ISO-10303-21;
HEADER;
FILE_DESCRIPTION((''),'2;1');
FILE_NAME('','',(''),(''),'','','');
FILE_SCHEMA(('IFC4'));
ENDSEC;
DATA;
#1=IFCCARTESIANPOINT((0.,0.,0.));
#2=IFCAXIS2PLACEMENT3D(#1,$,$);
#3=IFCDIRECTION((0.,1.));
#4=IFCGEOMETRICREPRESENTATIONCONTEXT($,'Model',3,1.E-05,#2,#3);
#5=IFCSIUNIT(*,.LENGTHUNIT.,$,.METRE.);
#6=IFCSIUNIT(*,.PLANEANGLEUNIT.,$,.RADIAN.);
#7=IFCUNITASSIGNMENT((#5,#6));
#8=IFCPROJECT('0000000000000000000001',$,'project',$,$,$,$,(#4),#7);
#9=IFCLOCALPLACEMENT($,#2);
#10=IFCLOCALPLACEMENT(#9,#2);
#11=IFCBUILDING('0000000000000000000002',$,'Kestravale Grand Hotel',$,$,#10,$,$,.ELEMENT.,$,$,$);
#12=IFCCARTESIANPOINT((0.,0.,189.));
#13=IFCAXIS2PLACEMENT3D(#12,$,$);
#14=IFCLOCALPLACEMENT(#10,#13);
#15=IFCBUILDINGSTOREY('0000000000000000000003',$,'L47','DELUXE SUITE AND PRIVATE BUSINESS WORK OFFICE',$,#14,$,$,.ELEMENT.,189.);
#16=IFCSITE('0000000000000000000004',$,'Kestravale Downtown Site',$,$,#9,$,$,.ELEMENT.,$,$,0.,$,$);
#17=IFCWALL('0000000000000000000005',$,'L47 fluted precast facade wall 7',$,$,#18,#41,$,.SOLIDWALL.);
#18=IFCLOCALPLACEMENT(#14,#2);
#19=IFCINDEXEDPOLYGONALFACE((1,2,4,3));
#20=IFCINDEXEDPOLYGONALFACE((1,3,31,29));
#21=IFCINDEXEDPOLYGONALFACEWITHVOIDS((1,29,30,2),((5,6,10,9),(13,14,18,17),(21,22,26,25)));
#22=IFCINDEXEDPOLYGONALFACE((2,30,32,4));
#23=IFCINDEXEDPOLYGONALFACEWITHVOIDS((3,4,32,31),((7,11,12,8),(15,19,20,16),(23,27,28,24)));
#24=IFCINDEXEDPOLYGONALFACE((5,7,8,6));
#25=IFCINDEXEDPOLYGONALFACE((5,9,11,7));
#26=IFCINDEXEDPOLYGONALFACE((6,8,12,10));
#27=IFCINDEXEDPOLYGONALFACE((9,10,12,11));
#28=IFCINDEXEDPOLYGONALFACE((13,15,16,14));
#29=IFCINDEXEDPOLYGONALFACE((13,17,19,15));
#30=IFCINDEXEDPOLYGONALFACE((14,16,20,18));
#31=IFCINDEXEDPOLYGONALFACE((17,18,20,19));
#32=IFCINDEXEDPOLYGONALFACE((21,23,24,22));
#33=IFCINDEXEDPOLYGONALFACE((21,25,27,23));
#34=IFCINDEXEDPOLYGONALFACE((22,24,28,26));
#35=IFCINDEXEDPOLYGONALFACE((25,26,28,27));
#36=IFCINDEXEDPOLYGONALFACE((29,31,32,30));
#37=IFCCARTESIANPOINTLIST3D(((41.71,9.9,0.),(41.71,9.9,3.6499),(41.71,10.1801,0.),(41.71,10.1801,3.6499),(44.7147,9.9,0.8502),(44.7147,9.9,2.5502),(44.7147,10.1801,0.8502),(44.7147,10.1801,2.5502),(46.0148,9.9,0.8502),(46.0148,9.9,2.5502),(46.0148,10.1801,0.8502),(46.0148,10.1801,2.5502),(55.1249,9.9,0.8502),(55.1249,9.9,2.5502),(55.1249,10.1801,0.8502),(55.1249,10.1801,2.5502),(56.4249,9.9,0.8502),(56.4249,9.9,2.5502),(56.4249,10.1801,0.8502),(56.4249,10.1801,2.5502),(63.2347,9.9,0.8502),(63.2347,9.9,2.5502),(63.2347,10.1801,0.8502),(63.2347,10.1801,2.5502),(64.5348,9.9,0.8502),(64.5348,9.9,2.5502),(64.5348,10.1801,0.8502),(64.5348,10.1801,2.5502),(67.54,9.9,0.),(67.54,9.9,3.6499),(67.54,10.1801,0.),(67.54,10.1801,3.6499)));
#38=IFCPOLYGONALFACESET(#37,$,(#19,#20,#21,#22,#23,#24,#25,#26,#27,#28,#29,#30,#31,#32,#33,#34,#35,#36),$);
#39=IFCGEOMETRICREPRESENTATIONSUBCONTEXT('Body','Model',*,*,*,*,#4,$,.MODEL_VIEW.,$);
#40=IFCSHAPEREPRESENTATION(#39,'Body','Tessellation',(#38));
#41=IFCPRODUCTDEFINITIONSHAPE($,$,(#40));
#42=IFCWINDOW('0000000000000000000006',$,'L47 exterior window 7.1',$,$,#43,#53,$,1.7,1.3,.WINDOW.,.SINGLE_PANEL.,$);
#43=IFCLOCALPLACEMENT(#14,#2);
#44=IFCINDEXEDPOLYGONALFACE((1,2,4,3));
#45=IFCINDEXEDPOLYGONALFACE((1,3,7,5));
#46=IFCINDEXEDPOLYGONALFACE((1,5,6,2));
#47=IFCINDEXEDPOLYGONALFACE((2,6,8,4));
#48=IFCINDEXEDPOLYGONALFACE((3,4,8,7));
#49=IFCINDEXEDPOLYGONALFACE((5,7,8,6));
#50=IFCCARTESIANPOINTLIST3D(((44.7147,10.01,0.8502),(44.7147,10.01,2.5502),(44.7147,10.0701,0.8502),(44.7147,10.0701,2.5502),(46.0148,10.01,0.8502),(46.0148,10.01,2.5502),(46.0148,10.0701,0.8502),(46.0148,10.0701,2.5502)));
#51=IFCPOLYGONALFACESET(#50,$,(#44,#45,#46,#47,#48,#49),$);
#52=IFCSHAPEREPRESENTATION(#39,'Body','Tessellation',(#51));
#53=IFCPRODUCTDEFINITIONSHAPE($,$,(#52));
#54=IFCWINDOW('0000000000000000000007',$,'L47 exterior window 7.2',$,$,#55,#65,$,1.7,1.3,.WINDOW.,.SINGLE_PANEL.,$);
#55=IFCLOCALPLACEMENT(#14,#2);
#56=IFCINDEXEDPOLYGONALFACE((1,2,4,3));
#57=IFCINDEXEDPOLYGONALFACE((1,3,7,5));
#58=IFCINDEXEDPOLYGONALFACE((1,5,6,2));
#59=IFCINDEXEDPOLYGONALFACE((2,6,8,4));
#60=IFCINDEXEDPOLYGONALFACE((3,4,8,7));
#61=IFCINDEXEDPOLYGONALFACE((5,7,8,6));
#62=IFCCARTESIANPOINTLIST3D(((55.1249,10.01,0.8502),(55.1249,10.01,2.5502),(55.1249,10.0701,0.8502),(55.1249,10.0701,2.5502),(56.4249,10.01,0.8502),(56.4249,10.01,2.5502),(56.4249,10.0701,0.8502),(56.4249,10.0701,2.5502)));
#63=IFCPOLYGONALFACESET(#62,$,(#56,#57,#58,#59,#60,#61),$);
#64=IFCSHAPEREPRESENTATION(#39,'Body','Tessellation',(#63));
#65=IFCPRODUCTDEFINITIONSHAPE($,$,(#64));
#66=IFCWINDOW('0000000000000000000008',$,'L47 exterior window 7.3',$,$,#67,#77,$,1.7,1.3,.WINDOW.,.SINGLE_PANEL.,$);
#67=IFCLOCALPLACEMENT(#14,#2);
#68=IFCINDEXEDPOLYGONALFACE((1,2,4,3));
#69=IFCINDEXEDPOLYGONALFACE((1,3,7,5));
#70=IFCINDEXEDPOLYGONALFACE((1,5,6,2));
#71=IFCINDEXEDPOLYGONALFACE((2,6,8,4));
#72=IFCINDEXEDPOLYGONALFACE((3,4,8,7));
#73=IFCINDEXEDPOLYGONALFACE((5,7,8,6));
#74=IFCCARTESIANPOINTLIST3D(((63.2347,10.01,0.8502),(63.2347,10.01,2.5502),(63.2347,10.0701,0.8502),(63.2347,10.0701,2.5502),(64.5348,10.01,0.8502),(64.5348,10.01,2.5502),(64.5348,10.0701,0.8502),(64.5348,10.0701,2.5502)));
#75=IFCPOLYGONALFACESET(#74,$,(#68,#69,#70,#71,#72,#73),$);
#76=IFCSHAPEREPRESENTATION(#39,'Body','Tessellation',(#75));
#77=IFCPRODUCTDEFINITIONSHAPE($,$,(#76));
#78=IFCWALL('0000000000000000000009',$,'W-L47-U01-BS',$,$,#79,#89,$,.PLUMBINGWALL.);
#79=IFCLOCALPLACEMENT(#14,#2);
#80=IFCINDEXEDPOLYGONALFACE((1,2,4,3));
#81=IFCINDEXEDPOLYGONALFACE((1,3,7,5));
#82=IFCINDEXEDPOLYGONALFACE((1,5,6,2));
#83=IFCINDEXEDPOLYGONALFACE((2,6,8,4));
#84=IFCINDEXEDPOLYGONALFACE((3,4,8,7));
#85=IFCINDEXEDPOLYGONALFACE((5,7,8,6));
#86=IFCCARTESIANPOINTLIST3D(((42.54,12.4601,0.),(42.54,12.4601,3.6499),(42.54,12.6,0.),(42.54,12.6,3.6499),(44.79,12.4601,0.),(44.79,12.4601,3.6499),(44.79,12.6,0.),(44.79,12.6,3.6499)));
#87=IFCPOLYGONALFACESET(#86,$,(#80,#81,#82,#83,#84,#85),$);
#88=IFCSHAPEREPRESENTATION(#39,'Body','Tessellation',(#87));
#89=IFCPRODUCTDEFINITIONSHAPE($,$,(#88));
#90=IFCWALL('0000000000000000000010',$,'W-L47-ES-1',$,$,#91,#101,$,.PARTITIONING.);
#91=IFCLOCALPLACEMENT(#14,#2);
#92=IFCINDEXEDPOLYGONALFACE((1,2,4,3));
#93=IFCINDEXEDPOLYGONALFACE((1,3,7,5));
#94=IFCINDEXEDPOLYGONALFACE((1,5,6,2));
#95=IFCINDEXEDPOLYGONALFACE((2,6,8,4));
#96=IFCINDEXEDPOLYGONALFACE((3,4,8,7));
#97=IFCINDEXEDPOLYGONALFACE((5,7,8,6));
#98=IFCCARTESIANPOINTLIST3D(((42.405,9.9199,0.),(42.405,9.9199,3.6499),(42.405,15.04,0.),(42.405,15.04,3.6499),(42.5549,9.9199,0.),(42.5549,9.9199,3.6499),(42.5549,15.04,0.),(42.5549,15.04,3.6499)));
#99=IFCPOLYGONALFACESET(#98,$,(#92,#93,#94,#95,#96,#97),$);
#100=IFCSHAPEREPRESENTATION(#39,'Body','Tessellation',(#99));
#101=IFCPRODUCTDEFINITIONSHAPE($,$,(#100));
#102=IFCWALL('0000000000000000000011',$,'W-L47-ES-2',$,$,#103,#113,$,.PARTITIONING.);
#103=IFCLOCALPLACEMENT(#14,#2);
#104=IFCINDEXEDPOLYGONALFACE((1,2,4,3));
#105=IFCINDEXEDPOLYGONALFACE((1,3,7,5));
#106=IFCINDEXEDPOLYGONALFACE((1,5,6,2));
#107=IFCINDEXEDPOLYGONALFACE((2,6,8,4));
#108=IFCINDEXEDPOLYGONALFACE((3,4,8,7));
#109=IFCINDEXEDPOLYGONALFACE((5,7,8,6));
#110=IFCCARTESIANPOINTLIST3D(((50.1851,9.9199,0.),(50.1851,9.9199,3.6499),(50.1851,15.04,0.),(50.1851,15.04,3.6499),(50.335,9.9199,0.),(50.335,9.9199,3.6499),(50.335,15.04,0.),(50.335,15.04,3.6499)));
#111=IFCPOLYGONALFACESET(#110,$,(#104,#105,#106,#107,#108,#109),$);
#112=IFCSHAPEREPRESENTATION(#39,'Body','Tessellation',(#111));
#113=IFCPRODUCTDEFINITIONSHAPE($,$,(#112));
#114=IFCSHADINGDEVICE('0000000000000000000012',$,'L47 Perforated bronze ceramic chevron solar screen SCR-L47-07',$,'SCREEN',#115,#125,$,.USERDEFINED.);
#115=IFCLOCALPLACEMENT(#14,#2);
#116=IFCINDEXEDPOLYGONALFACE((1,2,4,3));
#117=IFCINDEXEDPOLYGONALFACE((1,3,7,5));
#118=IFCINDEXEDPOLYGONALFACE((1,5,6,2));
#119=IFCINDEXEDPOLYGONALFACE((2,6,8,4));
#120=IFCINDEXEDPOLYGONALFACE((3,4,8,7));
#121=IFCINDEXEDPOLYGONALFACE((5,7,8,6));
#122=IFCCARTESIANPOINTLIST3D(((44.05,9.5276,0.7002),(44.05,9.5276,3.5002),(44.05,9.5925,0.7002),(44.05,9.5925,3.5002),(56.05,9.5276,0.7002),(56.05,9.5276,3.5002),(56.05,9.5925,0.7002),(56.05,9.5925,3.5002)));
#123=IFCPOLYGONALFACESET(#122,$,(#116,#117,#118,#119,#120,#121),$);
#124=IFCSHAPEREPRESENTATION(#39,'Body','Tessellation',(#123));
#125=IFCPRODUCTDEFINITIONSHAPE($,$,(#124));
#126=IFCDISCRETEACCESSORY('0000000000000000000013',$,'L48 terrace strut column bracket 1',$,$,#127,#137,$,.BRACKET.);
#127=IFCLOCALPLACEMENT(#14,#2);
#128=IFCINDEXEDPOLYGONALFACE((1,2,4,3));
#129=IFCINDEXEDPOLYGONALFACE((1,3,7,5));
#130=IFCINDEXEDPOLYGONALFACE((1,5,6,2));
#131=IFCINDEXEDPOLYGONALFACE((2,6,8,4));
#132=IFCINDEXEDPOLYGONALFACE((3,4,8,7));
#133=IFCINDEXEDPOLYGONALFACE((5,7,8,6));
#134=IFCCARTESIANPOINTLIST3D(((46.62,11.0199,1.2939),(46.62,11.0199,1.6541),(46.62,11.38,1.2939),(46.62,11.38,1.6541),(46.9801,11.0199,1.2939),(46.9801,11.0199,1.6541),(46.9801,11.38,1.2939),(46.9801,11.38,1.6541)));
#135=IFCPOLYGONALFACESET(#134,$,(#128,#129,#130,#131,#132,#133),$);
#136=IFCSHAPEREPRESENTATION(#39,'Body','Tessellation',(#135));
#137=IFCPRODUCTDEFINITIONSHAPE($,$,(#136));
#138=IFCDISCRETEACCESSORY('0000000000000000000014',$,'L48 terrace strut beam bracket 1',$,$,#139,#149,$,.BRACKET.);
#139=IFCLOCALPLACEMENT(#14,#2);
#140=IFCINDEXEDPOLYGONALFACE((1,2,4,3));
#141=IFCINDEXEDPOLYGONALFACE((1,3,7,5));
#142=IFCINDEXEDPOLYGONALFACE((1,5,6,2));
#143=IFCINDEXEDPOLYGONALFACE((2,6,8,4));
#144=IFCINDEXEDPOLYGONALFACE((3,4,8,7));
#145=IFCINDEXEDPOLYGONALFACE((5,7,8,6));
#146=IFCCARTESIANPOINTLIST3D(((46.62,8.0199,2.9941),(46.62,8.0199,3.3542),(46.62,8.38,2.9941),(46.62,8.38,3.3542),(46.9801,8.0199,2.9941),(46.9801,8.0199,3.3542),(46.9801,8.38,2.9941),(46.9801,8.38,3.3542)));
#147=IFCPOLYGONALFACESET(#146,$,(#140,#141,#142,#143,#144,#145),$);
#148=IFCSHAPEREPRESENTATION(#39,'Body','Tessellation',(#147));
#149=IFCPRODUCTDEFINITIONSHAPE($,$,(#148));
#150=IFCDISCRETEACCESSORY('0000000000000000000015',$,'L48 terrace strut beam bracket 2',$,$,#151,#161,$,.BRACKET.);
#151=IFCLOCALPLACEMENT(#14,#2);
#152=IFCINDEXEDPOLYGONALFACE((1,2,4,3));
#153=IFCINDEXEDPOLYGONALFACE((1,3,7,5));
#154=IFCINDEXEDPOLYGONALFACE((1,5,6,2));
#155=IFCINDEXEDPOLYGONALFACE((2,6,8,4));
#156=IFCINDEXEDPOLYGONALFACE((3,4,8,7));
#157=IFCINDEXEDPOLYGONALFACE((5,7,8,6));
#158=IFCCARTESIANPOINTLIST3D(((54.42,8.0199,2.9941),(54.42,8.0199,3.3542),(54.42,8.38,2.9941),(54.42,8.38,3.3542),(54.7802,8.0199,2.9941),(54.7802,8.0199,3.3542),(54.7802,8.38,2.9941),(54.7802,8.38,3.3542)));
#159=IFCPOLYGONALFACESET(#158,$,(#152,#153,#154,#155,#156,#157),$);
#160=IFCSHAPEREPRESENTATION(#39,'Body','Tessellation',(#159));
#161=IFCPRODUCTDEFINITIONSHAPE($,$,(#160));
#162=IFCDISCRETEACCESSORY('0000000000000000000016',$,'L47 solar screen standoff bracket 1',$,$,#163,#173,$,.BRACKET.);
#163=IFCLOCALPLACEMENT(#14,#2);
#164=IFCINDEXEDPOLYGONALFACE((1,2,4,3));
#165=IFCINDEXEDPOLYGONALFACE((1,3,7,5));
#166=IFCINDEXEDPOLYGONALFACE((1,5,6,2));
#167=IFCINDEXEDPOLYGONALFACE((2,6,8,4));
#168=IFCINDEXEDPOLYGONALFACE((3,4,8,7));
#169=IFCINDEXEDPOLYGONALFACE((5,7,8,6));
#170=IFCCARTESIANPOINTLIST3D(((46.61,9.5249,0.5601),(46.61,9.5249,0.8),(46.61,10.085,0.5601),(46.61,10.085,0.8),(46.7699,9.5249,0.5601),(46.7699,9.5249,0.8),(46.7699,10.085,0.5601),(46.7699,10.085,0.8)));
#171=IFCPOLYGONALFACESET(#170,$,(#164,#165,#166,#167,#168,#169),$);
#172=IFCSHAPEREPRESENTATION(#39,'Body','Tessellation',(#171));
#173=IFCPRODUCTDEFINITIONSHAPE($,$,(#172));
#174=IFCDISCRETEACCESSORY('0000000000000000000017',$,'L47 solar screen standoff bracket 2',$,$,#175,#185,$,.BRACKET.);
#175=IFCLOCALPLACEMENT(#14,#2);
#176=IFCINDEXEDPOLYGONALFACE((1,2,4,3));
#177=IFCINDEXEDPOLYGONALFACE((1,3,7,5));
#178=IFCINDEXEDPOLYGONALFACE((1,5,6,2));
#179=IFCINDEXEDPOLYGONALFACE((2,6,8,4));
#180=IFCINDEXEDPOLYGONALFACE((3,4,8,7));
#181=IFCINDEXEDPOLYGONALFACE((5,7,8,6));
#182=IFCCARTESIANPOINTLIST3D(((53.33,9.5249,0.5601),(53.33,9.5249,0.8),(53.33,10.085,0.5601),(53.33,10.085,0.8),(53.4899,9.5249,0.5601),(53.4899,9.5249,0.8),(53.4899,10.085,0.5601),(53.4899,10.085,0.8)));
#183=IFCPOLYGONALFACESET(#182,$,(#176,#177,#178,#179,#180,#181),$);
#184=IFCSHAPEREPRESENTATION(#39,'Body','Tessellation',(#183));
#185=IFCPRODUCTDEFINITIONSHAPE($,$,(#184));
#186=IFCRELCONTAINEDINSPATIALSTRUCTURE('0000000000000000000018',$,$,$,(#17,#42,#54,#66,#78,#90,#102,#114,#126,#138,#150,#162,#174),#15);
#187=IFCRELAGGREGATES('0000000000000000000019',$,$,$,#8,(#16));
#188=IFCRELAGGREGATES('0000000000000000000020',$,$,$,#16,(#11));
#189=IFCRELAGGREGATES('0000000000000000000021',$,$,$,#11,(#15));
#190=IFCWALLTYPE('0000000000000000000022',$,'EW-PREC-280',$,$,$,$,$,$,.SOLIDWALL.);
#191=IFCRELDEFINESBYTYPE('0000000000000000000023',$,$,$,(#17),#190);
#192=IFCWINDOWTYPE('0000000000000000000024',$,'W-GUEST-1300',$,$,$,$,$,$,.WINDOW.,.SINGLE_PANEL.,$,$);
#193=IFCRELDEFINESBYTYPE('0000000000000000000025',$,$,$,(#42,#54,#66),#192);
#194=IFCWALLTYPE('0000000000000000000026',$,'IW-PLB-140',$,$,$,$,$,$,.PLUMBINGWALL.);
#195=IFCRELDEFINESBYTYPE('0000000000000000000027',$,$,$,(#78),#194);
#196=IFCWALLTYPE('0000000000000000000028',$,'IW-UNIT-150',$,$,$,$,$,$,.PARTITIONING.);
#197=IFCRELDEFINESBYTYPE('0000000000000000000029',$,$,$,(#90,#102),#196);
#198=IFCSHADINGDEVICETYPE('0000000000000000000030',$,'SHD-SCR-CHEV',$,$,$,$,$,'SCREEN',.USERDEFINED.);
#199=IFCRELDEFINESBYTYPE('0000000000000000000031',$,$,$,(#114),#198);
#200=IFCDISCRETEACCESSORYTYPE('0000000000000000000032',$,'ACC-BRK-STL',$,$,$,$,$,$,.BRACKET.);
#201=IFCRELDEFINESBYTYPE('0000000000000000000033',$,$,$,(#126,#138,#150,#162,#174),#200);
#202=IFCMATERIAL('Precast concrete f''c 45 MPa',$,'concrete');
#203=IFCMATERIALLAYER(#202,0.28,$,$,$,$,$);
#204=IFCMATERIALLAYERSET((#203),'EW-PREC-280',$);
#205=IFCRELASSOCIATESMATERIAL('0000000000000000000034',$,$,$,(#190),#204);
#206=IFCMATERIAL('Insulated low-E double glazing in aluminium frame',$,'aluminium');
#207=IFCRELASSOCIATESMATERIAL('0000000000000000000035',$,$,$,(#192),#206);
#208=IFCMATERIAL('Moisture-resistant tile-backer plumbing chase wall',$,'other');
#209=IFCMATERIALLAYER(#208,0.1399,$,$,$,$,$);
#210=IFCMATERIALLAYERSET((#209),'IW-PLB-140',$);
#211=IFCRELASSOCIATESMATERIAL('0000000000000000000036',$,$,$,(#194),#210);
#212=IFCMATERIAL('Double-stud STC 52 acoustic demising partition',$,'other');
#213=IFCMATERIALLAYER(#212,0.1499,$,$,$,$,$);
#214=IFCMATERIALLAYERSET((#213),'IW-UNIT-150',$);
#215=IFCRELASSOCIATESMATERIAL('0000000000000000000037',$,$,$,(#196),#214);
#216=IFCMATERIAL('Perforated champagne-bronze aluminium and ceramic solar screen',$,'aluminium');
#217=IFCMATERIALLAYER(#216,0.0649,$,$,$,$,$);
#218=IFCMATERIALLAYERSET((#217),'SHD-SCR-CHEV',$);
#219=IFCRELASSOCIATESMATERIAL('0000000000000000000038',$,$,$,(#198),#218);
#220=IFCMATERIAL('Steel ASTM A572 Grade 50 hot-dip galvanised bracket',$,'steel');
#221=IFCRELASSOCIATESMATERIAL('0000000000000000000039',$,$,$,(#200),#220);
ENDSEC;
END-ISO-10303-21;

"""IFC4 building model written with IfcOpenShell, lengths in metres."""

from ifc_helpers import new_model, si_unit, direction, frame, frame_2d, origin, origin_2d, place, context, subcontext, project, spatial, rectangle, extrude, material, layer, layer_set, type_object, element, fill, save


model = new_model("IFC4")

# Units and contexts
model_context = context("Model", 3, precision=1e-05, world=origin(), true_north=direction((0.0, 1.0)))
body_context = subcontext(model_context, "Body", "Model", "MODEL_VIEW")
ifc_project = project(units=[si_unit("LENGTHUNIT", "METRE"), si_unit("PLANEANGLEUNIT", "RADIAN")], contexts=[model_context])

# Site, building, storey
site_placement = place(None, origin())
site = spatial("IfcSite", under=ifc_project, at=site_placement, Name="Kestravale Downtown Site", CompositionType="ELEMENT", RefElevation=0.0)
building_placement = place(site_placement, origin())
building = spatial("IfcBuilding", under=site, at=building_placement, Name="Kestravale Grand Hotel", CompositionType="ELEMENT")
storey_placement = place(building_placement, frame((0.0, 0.0, 189.0)))
storey = spatial("IfcBuildingStorey", under=building, at=storey_placement, Name="L47", Description="DELUXE SUITE AND PRIVATE BUSINESS WORK OFFICE", CompositionType="ELEMENT", Elevation=189.0)

# Shared definitions
ifc_material_1 = material(Name="Precast concrete f'c 45 MPa", Category="concrete")
ifc_layer_1 = layer(ifc_material_1, 0.28)
ifc_layer_set_1 = layer_set([ifc_layer_1], Name="EW-PREC-280")
wall_type_1 = type_object("IfcWallType", Name="EW-PREC-280", PredefinedType="SOLIDWALL", material=ifc_layer_set_1)

# Wall, openings, windows
wall_1_placement = place(storey_placement, frame((41.71, 10.04, 0.0), z_axis=(0.0, 0.0, 1.0), x_axis=(1.0, 0.0, 0.0)))
wall_1 = element("IfcWall", 1, at=wall_1_placement, inside=storey, type_object=wall_type_1, Name="L47 fluted precast facade wall 7", PredefinedType="SOLIDWALL", context=body_context, shape_type="SweptSolid", body=[
    extrude(rectangle(XDim=25.8301, YDim=0.28, at=frame_2d((12.915, 0.0))), origin(), (0.0, 0.0, 1.0), 3.6499),
])
opening_1_placement = place(wall_1_placement, frame((3.0049, 0.0, 0.8501)))
opening_1 = element("IfcOpeningElement", 2, at=opening_1_placement, cuts=wall_1, PredefinedType="OPENING", context=body_context, shape_type="SweptSolid", body=[
    extrude(rectangle(XDim=1.3, YDim=1.7, at=frame_2d((0.6499, 0.8501))), frame((0.0, 0.1499, 0.0), z_axis=(0.0, -1.0, 0.0), x_axis=(1.0, 0.0, 0.0)), (0.0, 0.0, 1.0), 0.3),
])
opening_2_placement = place(wall_1_placement, frame((13.415, 0.0, 0.8501)))
opening_2 = element("IfcOpeningElement", 3, at=opening_2_placement, cuts=wall_1, PredefinedType="OPENING", context=body_context, shape_type="SweptSolid", body=[
    extrude(rectangle(XDim=1.3, YDim=1.7, at=frame_2d((0.6499, 0.8501))), frame((0.0, 0.1499, 0.0), z_axis=(0.0, -1.0, 0.0), x_axis=(1.0, 0.0, 0.0)), (0.0, 0.0, 1.0), 0.3),
])
opening_3_placement = place(wall_1_placement, frame((21.5249, 0.0, 0.8501)))
opening_3 = element("IfcOpeningElement", 4, at=opening_3_placement, cuts=wall_1, PredefinedType="OPENING", context=body_context, shape_type="SweptSolid", body=[
    extrude(rectangle(XDim=1.3, YDim=1.7, at=frame_2d((0.6499, 0.8501))), frame((0.0, 0.1499, 0.0), z_axis=(0.0, -1.0, 0.0), x_axis=(1.0, 0.0, 0.0)), (0.0, 0.0, 1.0), 0.3),
])
ifc_material_2 = material(Name="Insulated low-E double glazing in aluminium frame", Category="aluminium")
window_type = type_object("IfcWindowType", Name="W-GUEST-1300", PartitioningType="SINGLE_PANEL", PredefinedType="WINDOW", material=ifc_material_2)
window_1_placement = place(opening_1_placement, origin())
window_1 = element("IfcWindow", 5, at=window_1_placement, inside=storey, type_object=window_type, Name="L47 exterior window 7.1", OverallHeight=1.7, OverallWidth=1.3, PartitioningType="SINGLE_PANEL", PredefinedType="WINDOW", context=body_context, shape_type="SweptSolid", body=[
    extrude(rectangle(XDim=1.3, YDim=1.7, at=frame_2d((0.6499, 0.8501))), frame((0.0, 0.03, 0.0), z_axis=(0.0, -1.0, 0.0), x_axis=(1.0, 0.0, 0.0)), (0.0, 0.0, 1.0), 0.0601),
])
fill(opening_1, window_1)
window_2_placement = place(opening_2_placement, origin())
window_2 = element("IfcWindow", 6, at=window_2_placement, inside=storey, type_object=window_type, Name="L47 exterior window 7.2", OverallHeight=1.7, OverallWidth=1.3, PartitioningType="SINGLE_PANEL", PredefinedType="WINDOW", context=body_context, shape_type="SweptSolid", body=[
    extrude(rectangle(XDim=1.3, YDim=1.7, at=frame_2d((0.6499, 0.8501))), frame((0.0, 0.03, 0.0), z_axis=(0.0, -1.0, 0.0), x_axis=(1.0, 0.0, 0.0)), (0.0, 0.0, 1.0), 0.0601),
])
fill(opening_2, window_2)
window_3_placement = place(opening_3_placement, origin())
window_3 = element("IfcWindow", 7, at=window_3_placement, inside=storey, type_object=window_type, Name="L47 exterior window 7.3", OverallHeight=1.7, OverallWidth=1.3, PartitioningType="SINGLE_PANEL", PredefinedType="WINDOW", context=body_context, shape_type="SweptSolid", body=[
    extrude(rectangle(XDim=1.3, YDim=1.7, at=frame_2d((0.6499, 0.8501))), frame((0.0, 0.03, 0.0), z_axis=(0.0, -1.0, 0.0), x_axis=(1.0, 0.0, 0.0)), (0.0, 0.0, 1.0), 0.0601),
])
fill(opening_3, window_3)

# Walls
ifc_material_3 = material(Name="Moisture-resistant tile-backer plumbing chase wall", Category="other")
ifc_layer_2 = layer(ifc_material_3, 0.1399)
ifc_layer_set_2 = layer_set([ifc_layer_2], Name="IW-PLB-140")
wall_type_2 = type_object("IfcWallType", Name="IW-PLB-140", PredefinedType="PLUMBINGWALL", material=ifc_layer_set_2)
wall_2_placement = place(storey_placement, frame((42.54, 12.53, 0.0), z_axis=(0.0, 0.0, 1.0), x_axis=(1.0, 0.0, 0.0)))
element("IfcWall", 8, at=wall_2_placement, inside=storey, type_object=wall_type_2, Name="W-L47-U01-BS", PredefinedType="PLUMBINGWALL", context=body_context, shape_type="SweptSolid", body=[
    extrude(rectangle(XDim=2.25, YDim=0.1399, at=frame_2d((1.125, 0.0))), origin(), (0.0, 0.0, 1.0), 3.6499),
])
ifc_material_4 = material(Name="Double-stud STC 52 acoustic demising partition", Category="other")
ifc_layer_3 = layer(ifc_material_4, 0.1499)
ifc_layer_set_3 = layer_set([ifc_layer_3], Name="IW-UNIT-150")
wall_type_3 = type_object("IfcWallType", Name="IW-UNIT-150", PredefinedType="PARTITIONING", material=ifc_layer_set_3)
for number, where, z_axis, x_axis, name in (
    (9, (42.48, 9.9199, 0.0), (0.0, 0.0, 1.0), (0.0, 1.0, 0.0), "W-L47-ES-1"),
    (10, (50.26, 9.9199, 0.0), (0.0, 0.0, 1.0), (0.0, 1.0, 0.0), "W-L47-ES-2"),
):
    element("IfcWall", number, at=place(storey_placement, frame(where, z_axis=z_axis, x_axis=x_axis)), inside=storey, type_object=wall_type_3, Name=name, PredefinedType="PARTITIONING", context=body_context, shape_type="SweptSolid", body=[
        extrude(rectangle(XDim=5.1201, YDim=0.1499, at=frame_2d((2.5601, 0.0))), origin(), (0.0, 0.0, 1.0), 3.6499),
    ])

# Shading device
ifc_material_5 = material(Name="Perforated champagne-bronze aluminium and ceramic solar screen", Category="aluminium")
ifc_layer_4 = layer(ifc_material_5, 0.0649)
ifc_layer_set_4 = layer_set([ifc_layer_4], Name="SHD-SCR-CHEV")
shading_device_type = type_object("IfcShadingDeviceType", Name="SHD-SCR-CHEV", ElementType="SCREEN", PredefinedType="USERDEFINED", material=ifc_layer_set_4)
shading_device_placement = place(storey_placement, frame((50.05, 9.5601, 0.7002), z_axis=(0.0, 0.0, 1.0), x_axis=(1.0, 0.0, 0.0)))
element("IfcShadingDevice", 11, at=shading_device_placement, inside=storey, type_object=shading_device_type, Name="L47 Perforated bronze ceramic chevron solar screen SCR-L47-07", ObjectType="SCREEN", PredefinedType="USERDEFINED", context=body_context, shape_type="SweptSolid", body=[
    extrude(rectangle(XDim=12.0, YDim=0.0649, at=origin_2d()), origin(), (0.0, 0.0, 1.0), 2.8),
])

# Discrete accessories
ifc_material_6 = material(Name="Steel ASTM A572 Grade 50 hot-dip galvanised bracket", Category="steel")
discrete_accessory_type = type_object("IfcDiscreteAccessoryType", Name="ACC-BRK-STL", PredefinedType="BRACKET", material=ifc_material_6)
for number, where, z_axis, x_axis, name in (
    (12, (46.8, 11.2, 1.2939), (0.0, 0.0, 1.0), (1.0, 0.0, 0.0), "L48 terrace strut column bracket 1"),
    (13, (46.8, 8.2, 2.9941), (0.0, 0.0, 1.0), (1.0, 0.0, 0.0), "L48 terrace strut beam bracket 1"),
    (14, (54.6001, 8.2, 2.9941), (0.0, 0.0, 1.0), (1.0, 0.0, 0.0), "L48 terrace strut beam bracket 2"),
):
    element("IfcDiscreteAccessory", number, at=place(storey_placement, frame(where, z_axis=z_axis, x_axis=x_axis)), inside=storey, type_object=discrete_accessory_type, Name=name, PredefinedType="BRACKET", context=body_context, shape_type="SweptSolid", body=[
        extrude(rectangle(XDim=0.3601, YDim=0.3601, at=origin_2d()), origin(), (0.0, 0.0, 1.0), 0.3601),
    ])
for number, where, z_axis, x_axis, name in (
    (15, (46.6899, 9.8049, 0.5601), (0.0, 0.0, 1.0), (1.0, 0.0, 0.0), "L47 solar screen standoff bracket 1"),
    (16, (53.4099, 9.8049, 0.5601), (0.0, 0.0, 1.0), (1.0, 0.0, 0.0), "L47 solar screen standoff bracket 2"),
):
    element("IfcDiscreteAccessory", number, at=place(storey_placement, frame(where, z_axis=z_axis, x_axis=x_axis)), inside=storey, type_object=discrete_accessory_type, Name=name, PredefinedType="BRACKET", context=body_context, shape_type="SweptSolid", body=[
        extrude(rectangle(XDim=0.1599, YDim=0.5601, at=origin_2d()), origin(), (0.0, 0.0, 1.0), 0.24),
    ])

save(model, "model.ifc")
